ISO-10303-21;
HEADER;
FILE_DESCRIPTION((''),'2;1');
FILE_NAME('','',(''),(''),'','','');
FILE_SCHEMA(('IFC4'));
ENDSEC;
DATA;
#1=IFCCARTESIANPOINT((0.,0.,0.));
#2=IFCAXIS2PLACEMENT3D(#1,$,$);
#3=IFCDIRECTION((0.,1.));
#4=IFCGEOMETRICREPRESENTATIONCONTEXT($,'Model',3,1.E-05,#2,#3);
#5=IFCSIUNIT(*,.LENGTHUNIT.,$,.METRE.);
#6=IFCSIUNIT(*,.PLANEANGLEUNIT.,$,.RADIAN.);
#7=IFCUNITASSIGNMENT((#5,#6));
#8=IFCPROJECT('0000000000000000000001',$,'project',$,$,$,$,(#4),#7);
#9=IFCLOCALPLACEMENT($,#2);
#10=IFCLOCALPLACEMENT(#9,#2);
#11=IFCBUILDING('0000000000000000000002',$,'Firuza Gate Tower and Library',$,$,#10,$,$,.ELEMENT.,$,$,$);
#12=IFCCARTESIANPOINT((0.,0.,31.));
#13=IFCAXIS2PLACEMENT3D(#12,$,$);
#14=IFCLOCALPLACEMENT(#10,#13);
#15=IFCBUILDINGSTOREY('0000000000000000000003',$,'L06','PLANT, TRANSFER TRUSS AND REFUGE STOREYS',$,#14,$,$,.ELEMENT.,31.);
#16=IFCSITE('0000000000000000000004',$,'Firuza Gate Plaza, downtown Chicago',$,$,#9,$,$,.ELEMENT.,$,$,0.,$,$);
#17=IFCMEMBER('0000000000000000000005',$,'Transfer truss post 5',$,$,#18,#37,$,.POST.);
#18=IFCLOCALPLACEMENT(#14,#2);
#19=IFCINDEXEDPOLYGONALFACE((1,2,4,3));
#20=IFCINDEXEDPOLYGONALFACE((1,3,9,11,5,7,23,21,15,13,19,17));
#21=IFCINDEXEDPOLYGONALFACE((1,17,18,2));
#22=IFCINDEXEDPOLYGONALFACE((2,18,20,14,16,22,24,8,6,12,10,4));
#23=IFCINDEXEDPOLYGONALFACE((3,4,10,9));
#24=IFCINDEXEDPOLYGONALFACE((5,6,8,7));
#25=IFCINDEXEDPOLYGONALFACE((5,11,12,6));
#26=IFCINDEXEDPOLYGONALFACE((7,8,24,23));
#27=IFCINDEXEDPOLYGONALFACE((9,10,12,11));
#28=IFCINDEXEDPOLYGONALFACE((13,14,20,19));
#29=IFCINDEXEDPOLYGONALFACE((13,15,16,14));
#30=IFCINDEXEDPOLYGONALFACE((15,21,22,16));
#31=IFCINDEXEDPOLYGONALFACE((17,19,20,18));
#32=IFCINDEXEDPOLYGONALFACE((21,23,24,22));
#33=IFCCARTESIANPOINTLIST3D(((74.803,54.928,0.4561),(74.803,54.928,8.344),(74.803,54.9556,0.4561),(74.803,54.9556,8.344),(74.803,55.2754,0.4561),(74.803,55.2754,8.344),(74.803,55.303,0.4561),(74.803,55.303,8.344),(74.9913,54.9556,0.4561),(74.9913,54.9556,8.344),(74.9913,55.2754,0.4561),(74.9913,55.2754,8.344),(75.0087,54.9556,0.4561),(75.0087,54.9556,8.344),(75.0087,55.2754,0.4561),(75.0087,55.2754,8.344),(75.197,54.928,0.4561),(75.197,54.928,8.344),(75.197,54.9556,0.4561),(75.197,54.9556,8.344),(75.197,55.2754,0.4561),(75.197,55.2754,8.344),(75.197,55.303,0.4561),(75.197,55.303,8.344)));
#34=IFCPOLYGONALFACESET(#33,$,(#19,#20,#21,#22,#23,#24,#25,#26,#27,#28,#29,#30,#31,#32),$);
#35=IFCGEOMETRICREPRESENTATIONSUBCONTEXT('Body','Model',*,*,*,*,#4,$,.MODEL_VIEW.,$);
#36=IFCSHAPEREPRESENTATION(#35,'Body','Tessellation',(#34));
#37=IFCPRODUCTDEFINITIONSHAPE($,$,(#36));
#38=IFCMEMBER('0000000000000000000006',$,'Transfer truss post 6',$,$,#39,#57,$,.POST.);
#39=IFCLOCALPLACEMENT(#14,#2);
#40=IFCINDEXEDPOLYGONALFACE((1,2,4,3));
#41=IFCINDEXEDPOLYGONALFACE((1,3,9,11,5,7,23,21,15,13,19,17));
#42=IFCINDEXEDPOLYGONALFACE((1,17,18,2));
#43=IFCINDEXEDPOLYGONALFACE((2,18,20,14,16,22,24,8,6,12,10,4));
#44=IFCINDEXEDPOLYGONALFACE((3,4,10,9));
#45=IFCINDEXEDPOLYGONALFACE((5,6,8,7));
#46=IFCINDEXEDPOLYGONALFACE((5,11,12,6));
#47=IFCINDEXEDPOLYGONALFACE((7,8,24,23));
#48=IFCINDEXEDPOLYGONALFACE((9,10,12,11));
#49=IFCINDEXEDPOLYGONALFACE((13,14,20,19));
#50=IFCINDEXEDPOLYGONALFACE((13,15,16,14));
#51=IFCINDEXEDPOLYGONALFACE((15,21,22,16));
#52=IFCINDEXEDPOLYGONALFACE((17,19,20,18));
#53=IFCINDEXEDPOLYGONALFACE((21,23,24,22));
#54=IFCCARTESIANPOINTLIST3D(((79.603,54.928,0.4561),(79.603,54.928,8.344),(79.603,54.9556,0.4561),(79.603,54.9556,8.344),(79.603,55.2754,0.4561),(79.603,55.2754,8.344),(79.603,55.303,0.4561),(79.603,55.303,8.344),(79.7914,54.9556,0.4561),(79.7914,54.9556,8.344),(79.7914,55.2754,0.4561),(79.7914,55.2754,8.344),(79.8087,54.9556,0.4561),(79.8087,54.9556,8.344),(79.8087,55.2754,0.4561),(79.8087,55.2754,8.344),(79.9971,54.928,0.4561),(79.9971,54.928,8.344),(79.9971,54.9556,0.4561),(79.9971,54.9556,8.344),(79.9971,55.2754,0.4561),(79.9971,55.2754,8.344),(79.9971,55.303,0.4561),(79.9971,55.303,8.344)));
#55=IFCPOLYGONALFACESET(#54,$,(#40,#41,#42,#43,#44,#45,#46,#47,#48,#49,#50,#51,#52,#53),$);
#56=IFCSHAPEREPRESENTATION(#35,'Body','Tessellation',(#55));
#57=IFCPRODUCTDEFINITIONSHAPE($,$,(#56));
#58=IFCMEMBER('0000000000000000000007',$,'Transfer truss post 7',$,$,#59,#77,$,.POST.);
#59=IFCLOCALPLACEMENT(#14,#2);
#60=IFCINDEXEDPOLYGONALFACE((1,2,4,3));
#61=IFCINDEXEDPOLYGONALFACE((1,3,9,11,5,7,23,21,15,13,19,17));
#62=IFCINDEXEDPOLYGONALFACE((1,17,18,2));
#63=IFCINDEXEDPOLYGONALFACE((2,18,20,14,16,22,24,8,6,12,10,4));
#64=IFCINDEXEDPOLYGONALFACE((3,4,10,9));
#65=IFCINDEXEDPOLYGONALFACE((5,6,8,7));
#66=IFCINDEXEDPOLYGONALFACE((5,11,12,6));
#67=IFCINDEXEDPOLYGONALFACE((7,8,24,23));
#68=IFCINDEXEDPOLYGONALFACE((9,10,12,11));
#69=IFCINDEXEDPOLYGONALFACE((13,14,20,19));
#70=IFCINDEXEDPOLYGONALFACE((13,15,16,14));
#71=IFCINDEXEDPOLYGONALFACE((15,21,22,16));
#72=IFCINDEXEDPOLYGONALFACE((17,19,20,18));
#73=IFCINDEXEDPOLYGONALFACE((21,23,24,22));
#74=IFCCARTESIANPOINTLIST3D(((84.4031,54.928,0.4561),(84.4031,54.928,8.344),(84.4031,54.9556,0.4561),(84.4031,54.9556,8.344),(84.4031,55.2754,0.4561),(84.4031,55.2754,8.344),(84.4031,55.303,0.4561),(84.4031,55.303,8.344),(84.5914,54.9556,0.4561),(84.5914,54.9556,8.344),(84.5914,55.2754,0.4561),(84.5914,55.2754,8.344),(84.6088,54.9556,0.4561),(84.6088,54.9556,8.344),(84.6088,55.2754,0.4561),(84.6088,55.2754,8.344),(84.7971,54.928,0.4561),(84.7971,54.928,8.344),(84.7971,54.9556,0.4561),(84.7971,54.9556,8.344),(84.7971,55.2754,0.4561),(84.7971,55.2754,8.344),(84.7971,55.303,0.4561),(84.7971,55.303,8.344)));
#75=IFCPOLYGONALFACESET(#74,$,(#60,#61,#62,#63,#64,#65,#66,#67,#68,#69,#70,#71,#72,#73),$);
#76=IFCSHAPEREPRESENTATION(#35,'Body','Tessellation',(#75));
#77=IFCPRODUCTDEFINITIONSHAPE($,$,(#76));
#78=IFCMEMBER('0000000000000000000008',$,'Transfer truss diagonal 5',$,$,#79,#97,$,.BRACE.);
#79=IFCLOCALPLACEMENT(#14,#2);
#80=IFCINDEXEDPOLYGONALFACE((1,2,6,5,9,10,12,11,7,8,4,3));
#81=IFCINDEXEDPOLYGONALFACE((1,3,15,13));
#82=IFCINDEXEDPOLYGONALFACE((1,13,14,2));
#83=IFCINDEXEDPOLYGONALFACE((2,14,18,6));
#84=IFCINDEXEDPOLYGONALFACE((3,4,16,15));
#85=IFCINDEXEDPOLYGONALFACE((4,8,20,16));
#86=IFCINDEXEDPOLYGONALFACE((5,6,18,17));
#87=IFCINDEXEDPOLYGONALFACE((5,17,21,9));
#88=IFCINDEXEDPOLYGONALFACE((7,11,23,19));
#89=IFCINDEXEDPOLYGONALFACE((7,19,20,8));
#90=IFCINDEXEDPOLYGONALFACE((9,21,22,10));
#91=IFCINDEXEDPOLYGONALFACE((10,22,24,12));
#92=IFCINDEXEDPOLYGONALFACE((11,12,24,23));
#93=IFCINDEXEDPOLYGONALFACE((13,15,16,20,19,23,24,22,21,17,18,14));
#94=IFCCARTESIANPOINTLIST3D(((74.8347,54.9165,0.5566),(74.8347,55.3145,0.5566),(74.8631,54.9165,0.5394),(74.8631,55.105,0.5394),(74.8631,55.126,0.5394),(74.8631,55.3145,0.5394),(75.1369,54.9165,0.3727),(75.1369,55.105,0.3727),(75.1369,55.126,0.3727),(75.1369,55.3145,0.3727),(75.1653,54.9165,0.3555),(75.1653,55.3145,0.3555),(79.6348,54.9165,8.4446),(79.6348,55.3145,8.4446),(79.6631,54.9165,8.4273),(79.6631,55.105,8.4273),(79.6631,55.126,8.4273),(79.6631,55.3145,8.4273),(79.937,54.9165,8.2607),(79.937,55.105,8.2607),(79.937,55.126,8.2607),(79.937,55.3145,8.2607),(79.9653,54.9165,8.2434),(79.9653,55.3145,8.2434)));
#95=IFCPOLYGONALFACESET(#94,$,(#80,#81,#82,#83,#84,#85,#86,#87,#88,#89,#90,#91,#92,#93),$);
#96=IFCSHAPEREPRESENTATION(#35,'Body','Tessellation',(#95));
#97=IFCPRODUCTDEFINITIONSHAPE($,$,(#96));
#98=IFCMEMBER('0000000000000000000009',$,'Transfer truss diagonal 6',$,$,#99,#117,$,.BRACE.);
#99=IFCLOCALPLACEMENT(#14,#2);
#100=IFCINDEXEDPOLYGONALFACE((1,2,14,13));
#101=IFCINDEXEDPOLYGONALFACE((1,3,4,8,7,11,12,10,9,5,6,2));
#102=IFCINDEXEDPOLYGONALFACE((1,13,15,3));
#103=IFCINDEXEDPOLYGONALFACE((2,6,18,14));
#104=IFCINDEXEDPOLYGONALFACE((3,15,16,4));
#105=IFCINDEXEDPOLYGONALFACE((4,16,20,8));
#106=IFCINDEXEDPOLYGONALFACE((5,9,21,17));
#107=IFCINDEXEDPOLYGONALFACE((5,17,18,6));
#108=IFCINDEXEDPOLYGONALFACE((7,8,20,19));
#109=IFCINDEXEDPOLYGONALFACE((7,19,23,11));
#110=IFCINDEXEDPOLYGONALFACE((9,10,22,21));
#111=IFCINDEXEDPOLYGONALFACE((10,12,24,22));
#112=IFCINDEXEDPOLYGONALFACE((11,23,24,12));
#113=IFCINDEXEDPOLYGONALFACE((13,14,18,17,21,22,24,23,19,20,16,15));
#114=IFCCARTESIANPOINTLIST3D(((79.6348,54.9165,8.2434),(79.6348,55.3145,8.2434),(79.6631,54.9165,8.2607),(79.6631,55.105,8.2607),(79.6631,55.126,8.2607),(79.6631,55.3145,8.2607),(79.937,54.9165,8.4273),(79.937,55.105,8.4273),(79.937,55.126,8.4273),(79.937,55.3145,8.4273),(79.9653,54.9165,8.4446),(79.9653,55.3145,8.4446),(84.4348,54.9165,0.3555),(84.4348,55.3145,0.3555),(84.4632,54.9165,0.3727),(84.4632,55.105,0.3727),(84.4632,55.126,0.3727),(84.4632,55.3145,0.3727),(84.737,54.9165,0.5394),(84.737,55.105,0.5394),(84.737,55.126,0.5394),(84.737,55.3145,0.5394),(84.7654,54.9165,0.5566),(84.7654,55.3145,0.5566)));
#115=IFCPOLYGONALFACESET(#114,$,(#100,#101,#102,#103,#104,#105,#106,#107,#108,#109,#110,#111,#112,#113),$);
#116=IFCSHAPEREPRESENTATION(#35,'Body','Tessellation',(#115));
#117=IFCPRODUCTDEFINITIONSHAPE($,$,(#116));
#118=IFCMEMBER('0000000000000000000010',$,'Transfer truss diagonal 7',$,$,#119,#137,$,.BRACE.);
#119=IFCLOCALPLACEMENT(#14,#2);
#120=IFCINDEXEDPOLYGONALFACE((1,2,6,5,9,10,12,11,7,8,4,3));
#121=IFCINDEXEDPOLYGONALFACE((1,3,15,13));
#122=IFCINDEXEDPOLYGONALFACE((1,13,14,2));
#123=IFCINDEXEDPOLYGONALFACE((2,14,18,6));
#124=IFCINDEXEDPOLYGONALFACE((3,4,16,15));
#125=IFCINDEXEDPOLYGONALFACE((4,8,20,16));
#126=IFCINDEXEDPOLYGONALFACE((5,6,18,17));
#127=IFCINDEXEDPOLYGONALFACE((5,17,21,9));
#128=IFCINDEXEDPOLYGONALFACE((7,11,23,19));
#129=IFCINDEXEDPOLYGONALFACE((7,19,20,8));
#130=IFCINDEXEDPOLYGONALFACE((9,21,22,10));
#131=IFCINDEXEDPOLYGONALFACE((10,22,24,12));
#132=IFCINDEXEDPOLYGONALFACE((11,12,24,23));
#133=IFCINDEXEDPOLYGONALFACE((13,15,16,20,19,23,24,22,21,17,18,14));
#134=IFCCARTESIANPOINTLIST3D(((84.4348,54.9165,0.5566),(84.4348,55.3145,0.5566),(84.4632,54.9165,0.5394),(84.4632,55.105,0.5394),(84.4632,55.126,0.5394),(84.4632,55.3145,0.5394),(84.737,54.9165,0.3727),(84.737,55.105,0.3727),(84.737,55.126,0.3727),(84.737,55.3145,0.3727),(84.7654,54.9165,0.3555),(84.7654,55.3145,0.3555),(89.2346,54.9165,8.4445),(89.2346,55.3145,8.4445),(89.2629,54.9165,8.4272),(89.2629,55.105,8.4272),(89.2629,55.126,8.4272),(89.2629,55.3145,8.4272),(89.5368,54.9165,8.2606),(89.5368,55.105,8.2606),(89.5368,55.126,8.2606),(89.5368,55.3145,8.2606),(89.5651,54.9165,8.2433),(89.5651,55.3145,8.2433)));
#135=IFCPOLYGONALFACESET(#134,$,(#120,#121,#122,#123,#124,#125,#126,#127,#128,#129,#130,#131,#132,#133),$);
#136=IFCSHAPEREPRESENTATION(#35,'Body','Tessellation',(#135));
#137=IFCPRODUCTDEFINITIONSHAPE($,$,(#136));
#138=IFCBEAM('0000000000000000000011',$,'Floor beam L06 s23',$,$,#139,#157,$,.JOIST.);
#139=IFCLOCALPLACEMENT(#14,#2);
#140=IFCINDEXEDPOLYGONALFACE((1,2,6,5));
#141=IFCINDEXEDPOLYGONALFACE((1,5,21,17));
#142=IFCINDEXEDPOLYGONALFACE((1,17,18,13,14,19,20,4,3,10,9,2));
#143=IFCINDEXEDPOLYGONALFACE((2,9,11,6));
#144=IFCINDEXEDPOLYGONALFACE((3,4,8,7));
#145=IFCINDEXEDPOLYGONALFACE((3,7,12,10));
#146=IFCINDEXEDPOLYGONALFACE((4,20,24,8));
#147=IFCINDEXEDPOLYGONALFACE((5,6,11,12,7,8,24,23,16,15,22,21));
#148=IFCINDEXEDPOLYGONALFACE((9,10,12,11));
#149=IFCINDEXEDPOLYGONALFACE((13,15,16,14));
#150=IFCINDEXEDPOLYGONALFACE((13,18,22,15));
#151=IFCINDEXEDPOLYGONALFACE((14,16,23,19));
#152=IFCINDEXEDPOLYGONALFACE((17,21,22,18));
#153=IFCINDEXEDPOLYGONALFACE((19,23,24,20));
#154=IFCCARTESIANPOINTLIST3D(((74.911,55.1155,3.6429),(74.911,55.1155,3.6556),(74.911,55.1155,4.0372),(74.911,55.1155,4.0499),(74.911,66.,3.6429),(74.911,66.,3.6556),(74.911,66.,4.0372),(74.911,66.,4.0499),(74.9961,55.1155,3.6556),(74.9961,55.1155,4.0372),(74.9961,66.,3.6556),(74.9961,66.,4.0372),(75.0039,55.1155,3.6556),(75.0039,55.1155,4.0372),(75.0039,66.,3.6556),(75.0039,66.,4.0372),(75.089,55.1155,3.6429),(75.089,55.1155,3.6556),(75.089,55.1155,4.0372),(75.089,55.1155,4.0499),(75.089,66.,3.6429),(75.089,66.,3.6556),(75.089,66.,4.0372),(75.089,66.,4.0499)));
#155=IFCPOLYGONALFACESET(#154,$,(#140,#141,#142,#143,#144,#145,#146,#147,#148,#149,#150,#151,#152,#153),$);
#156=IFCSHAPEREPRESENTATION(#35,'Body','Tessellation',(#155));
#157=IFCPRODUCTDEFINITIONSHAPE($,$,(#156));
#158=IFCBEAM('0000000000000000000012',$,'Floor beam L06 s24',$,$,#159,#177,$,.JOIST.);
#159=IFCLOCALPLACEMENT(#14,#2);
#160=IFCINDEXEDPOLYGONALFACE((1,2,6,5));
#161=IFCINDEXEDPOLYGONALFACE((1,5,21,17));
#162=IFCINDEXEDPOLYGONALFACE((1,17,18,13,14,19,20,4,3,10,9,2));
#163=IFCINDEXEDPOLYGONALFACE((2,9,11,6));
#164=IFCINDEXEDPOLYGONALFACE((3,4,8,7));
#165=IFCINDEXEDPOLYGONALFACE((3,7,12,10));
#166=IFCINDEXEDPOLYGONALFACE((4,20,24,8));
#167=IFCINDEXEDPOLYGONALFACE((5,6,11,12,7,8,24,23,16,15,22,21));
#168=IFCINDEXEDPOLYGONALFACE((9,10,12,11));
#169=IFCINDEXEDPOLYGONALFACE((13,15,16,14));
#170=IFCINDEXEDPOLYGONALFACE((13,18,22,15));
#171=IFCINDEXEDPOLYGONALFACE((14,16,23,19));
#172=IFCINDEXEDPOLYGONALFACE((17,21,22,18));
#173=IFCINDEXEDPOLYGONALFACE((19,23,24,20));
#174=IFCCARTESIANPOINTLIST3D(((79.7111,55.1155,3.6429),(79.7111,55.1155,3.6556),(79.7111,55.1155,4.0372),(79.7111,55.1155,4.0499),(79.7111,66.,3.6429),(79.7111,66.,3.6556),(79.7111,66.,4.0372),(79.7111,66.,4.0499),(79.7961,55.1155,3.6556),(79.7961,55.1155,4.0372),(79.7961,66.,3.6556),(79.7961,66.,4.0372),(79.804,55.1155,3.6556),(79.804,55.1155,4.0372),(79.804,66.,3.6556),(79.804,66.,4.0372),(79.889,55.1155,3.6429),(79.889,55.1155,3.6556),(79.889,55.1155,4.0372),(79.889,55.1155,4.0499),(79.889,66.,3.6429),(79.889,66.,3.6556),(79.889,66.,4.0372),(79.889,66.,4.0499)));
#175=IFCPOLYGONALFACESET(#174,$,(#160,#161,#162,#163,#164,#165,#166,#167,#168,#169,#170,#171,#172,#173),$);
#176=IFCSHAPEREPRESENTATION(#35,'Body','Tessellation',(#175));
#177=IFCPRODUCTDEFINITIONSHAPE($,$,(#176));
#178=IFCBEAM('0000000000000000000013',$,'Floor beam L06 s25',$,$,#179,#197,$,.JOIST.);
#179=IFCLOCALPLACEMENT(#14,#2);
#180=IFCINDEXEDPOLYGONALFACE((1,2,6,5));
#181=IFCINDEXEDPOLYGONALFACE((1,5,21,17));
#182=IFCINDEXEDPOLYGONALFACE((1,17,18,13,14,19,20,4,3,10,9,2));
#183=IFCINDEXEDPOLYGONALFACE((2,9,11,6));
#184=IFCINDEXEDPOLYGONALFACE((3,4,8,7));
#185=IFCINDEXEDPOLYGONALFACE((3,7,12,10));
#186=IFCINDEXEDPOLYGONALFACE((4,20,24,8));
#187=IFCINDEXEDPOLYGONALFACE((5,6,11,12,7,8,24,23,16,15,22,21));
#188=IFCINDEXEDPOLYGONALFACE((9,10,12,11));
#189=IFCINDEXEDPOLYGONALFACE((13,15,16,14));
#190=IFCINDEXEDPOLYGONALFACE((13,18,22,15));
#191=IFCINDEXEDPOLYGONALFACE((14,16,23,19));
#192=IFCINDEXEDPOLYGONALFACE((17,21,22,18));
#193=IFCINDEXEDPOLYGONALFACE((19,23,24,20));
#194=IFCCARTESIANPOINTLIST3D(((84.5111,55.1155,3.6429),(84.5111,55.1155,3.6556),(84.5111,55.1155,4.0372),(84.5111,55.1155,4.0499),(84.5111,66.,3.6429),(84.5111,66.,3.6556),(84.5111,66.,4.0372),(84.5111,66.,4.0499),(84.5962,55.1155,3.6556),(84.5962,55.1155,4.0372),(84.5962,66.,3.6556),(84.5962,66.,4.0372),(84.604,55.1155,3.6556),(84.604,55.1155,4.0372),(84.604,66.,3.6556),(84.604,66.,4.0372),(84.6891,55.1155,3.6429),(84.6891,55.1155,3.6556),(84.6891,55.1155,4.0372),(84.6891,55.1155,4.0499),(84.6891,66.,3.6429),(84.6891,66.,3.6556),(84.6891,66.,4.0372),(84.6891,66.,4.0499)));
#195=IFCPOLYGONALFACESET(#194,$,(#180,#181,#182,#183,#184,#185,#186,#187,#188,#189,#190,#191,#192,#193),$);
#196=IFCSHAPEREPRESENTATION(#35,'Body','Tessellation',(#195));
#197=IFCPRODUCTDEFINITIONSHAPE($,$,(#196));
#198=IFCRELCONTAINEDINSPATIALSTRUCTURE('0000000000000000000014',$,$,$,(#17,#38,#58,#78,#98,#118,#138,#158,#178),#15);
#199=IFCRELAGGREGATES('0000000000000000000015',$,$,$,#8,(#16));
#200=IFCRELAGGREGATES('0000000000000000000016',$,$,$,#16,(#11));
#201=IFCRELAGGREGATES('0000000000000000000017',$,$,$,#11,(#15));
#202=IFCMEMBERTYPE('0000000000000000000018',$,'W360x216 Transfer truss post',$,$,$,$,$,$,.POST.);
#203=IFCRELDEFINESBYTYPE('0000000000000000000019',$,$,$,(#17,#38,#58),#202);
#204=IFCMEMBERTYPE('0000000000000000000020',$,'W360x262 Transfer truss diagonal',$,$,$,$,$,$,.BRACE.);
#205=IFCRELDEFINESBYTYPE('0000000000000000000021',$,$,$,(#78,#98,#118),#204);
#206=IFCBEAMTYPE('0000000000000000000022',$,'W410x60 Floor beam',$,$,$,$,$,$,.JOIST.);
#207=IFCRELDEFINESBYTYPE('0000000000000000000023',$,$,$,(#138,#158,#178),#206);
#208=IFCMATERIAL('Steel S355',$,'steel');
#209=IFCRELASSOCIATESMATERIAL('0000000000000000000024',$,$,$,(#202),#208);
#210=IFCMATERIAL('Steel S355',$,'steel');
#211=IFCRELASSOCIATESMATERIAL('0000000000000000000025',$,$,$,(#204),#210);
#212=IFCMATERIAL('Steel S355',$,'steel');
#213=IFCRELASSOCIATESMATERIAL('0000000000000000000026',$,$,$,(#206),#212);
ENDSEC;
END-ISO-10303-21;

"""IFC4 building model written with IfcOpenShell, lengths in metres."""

from ifc_helpers import new_model, si_unit, direction, frame, origin, origin_2d, place, context, subcontext, project, spatial, i_section, extrude, material, material_profile, profile_set, type_object, element, save


model = new_model("IFC4")

# Units and contexts
model_context = context("Model", 3, precision=1e-05, world=origin(), true_north=direction((0.0, 1.0)))
body_context = subcontext(model_context, "Body", "Model", "MODEL_VIEW")
ifc_project = project(units=[si_unit("LENGTHUNIT", "METRE"), si_unit("PLANEANGLEUNIT", "RADIAN")], contexts=[model_context])

# Site, building, storey
site_placement = place(None, origin())
site = spatial("IfcSite", under=ifc_project, at=site_placement, Name="Firuza Gate Plaza, downtown Chicago", CompositionType="ELEMENT", RefElevation=0.0)
building_placement = place(site_placement, origin())
building = spatial("IfcBuilding", under=site, at=building_placement, Name="Firuza Gate Tower and Library", CompositionType="ELEMENT")
storey_placement = place(building_placement, frame((0.0, 0.0, 31.0)))
storey = spatial("IfcBuildingStorey", under=building, at=storey_placement, Name="L06", Description="PLANT, TRANSFER TRUSS AND REFUGE STOREYS", CompositionType="ELEMENT", Elevation=31.0)

# Members
ifc_material_1 = material(Name="Steel S355", Category="steel")
ifc_material_profile_1 = material_profile(ifc_material_1, i_section(OverallWidth=0.394, OverallDepth=0.375, WebThickness=0.0173, FlangeThickness=0.0276, at=origin_2d()))
ifc_profile_set_1 = profile_set([ifc_material_profile_1], Name="Steel S355")
member_type_1 = type_object("IfcMemberType", Name="W360x216 Transfer truss post", PredefinedType="POST", material=ifc_profile_set_1)
for number, where, z_axis, x_axis, name in (
    (1, (75.0, 55.1155, 0.4561), (0.0, 0.0, 1.0), (1.0, 0.0, 0.0), "Transfer truss post 5"),
    (2, (79.8, 55.1155, 0.4561), (0.0, 0.0, 1.0), (1.0, 0.0, 0.0), "Transfer truss post 6"),
    (3, (84.6001, 55.1155, 0.4561), (0.0, 0.0, 1.0), (1.0, 0.0, 0.0), "Transfer truss post 7"),
):
    element("IfcMember", number, at=place(storey_placement, frame(where, z_axis=z_axis, x_axis=x_axis)), inside=storey, type_object=member_type_1, Name=name, PredefinedType="POST", context=body_context, shape_type="SweptSolid", body=[
        extrude(i_section(OverallWidth=0.394, OverallDepth=0.375, WebThickness=0.0173, FlangeThickness=0.0276, at=origin_2d()), origin(), (0.0, 0.0, 1.0), 7.8879),
    ])
ifc_material_2 = material(Name="Steel S355", Category="steel")
ifc_material_profile_2 = material_profile(ifc_material_2, i_section(OverallWidth=0.3979, OverallDepth=0.387, WebThickness=0.021, FlangeThickness=0.0332, at=origin_2d()))
ifc_profile_set_2 = profile_set([ifc_material_profile_2], Name="Steel S355")
member_type_2 = type_object("IfcMemberType", Name="W360x262 Transfer truss diagonal", PredefinedType="BRACE", material=ifc_profile_set_2)
for number, where, z_axis, x_axis, name in (
    (4, (75.0, 55.1155, 0.4561), (0.519844, 0.0, 0.854261), (0.0, 1.0, 0.0), "Transfer truss diagonal 5"),
    (5, (79.8, 55.1155, 8.344), (0.519844, 0.0, -0.854261), (0.0, 1.0, 0.0), "Transfer truss diagonal 6"),
):
    element("IfcMember", number, at=place(storey_placement, frame(where, z_axis=z_axis, x_axis=x_axis)), inside=storey, type_object=member_type_2, Name=name, PredefinedType="BRACE", context=body_context, shape_type="SweptSolid", body=[
        extrude(i_section(OverallWidth=0.3979, OverallDepth=0.387, WebThickness=0.021, FlangeThickness=0.0332, at=origin_2d()), origin(), (0.0, 0.0, 1.0), 9.2336),
    ])
member_1_placement = place(storey_placement, frame((84.6001, 55.1155, 0.4561), z_axis=(0.519824, 0.0, 0.854273), x_axis=(0.0, 1.0, 0.0)))
element("IfcMember", 6, at=member_1_placement, inside=storey, type_object=member_type_2, Name="Transfer truss diagonal 7", PredefinedType="BRACE", context=body_context, shape_type="SweptSolid", body=[
    extrude(i_section(OverallWidth=0.3979, OverallDepth=0.387, WebThickness=0.021, FlangeThickness=0.0332, at=origin_2d()), origin(), (0.0, 0.0, 1.0), 9.2334),
])

# Beams
ifc_material_3 = material(Name="Steel S355", Category="steel")
ifc_material_profile_3 = material_profile(ifc_material_3, i_section(OverallWidth=0.178, OverallDepth=0.407, WebThickness=0.0078, FlangeThickness=0.0127, at=origin_2d()))
ifc_profile_set_3 = profile_set([ifc_material_profile_3], Name="Steel S355")
beam_type = type_object("IfcBeamType", Name="W410x60 Floor beam", PredefinedType="JOIST", material=ifc_profile_set_3)
for number, where, z_axis, x_axis, name in (
    (7, (75.0, 55.1155, 3.8464), (0.0, 1.0, 0.0), (-1.0, 0.0, 0.0), "Floor beam L06 s23"),
    (8, (79.8, 55.1155, 3.8464), (0.0, 1.0, 0.0), (-1.0, 0.0, 0.0), "Floor beam L06 s24"),
    (9, (84.6001, 55.1155, 3.8464), (0.0, 1.0, 0.0), (-1.0, 0.0, 0.0), "Floor beam L06 s25"),
):
    element("IfcBeam", number, at=place(storey_placement, frame(where, z_axis=z_axis, x_axis=x_axis)), inside=storey, type_object=beam_type, Name=name, PredefinedType="JOIST", context=body_context, shape_type="SweptSolid", body=[
        extrude(i_section(OverallWidth=0.178, OverallDepth=0.407, WebThickness=0.0078, FlangeThickness=0.0127, at=origin_2d()), origin(), (0.0, 0.0, 1.0), 10.8845),
    ])

save(model, "model.ifc")
